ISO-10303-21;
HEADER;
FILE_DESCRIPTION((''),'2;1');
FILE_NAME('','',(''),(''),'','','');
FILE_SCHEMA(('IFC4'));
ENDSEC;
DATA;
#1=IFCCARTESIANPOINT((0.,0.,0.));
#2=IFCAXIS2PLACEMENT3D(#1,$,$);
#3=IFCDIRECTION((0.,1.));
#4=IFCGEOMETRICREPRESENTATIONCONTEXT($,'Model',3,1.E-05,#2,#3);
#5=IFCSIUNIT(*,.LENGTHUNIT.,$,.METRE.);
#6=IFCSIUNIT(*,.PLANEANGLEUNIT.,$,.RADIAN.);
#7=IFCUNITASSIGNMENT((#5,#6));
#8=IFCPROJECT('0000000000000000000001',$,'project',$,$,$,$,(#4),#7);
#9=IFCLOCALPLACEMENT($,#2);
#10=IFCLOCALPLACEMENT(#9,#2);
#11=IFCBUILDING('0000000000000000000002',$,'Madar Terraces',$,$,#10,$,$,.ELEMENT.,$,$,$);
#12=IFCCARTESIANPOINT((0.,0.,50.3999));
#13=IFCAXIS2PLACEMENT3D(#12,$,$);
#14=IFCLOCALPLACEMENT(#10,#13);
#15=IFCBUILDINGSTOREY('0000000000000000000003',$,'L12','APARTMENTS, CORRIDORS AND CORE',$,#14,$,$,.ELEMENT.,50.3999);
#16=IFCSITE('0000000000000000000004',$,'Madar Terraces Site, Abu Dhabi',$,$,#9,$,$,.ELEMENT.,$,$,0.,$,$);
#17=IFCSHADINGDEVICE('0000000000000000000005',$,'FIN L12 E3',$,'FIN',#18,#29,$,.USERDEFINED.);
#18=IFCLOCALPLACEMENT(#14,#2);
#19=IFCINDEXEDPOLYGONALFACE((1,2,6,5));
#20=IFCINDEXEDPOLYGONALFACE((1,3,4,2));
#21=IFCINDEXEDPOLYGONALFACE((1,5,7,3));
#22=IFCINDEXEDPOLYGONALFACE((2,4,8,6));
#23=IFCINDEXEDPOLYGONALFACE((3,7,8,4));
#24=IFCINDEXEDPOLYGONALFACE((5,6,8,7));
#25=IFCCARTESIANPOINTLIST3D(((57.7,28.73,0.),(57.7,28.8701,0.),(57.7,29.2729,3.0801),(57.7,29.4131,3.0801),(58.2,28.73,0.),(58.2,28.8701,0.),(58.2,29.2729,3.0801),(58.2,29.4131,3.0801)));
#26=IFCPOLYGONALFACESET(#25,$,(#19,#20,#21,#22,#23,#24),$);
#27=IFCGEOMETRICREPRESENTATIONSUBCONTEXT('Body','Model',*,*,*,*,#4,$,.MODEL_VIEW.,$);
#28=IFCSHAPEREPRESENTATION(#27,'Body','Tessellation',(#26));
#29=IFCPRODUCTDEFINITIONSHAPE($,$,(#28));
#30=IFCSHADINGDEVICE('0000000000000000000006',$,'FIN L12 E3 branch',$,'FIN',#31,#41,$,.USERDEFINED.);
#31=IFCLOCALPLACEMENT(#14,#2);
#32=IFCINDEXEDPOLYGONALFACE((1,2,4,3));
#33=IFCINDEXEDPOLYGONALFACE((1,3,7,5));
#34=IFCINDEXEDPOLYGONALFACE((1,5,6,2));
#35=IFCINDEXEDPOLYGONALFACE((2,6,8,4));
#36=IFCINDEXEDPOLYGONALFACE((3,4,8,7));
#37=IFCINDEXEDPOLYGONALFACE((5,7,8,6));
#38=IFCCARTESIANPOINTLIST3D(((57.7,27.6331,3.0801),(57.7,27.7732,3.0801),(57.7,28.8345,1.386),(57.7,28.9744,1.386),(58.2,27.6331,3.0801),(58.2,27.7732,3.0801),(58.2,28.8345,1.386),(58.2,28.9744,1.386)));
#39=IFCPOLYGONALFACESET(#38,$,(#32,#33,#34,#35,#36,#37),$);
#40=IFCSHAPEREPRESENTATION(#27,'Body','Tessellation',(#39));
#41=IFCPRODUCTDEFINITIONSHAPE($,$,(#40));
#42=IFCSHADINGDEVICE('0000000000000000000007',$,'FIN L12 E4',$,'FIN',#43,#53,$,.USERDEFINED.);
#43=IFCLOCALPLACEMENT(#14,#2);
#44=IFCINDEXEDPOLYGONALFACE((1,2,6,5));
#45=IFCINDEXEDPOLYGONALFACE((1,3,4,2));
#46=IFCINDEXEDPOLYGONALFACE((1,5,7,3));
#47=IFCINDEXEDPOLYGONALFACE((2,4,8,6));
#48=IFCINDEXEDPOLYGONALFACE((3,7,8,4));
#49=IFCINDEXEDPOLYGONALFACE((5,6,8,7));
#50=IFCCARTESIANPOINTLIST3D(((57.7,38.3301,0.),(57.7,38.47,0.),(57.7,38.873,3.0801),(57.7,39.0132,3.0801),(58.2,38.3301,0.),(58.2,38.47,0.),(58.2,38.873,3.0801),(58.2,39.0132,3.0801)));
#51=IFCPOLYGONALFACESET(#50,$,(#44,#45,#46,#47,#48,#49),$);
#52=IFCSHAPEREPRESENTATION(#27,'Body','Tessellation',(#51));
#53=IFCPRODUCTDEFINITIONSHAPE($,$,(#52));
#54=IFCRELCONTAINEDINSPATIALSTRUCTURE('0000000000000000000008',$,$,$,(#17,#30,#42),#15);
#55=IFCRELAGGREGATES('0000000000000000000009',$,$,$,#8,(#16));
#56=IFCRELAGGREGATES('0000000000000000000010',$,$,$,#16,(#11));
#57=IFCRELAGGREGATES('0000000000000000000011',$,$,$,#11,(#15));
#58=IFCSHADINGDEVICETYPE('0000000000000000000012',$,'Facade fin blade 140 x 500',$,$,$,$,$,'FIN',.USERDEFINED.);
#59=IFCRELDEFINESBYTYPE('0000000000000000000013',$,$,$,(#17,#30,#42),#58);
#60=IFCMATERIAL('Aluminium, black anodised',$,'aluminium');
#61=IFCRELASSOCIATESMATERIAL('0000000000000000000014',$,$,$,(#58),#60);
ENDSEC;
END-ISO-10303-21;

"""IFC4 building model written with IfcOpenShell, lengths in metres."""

from ifc_helpers import new_model, si_unit, direction, frame, origin, place, context, subcontext, project, spatial, polyline, outline, extrude, material, type_object, element, save


model = new_model("IFC4")

# Units and contexts
model_context = context("Model", 3, precision=1e-05, world=origin(), true_north=direction((0.0, 1.0)))
body_context = subcontext(model_context, "Body", "Model", "MODEL_VIEW")
ifc_project = project(units=[si_unit("LENGTHUNIT", "METRE"), si_unit("PLANEANGLEUNIT", "RADIAN")], contexts=[model_context])

# Site, building, storey
site_placement = place(None, origin())
site = spatial("IfcSite", under=ifc_project, at=site_placement, Name="Madar Terraces Site, Abu Dhabi", CompositionType="ELEMENT", RefElevation=0.0)
building_placement = place(site_placement, origin())
building = spatial("IfcBuilding", under=site, at=building_placement, Name="Madar Terraces", CompositionType="ELEMENT")
storey_placement = place(building_placement, frame((0.0, 0.0, 50.3999)))
storey = spatial("IfcBuildingStorey", under=building, at=storey_placement, Name="L12", Description="APARTMENTS, CORRIDORS AND CORE", CompositionType="ELEMENT", Elevation=50.3999)

# Shading devices
ifc_material_1 = material(Name="Aluminium, black anodised", Category="aluminium")
shading_device_type = type_object("IfcShadingDeviceType", Name="Facade fin blade 140 x 500", ElementType="FIN", PredefinedType="USERDEFINED", material=ifc_material_1)
shading_device_1_placement = place(storey_placement, frame((57.95, 28.73, 0.0), z_axis=(0.0, 0.0, 1.0), x_axis=(0.0, 1.0, 0.0)))
element("IfcShadingDevice", 1, at=shading_device_1_placement, inside=storey, type_object=shading_device_type, Name="FIN L12 E3", ObjectType="FIN", PredefinedType="USERDEFINED", context=body_context, shape_type="SweptSolid", body=[
    extrude(outline(polyline([(0.0, 0.0), (0.1401, 0.0), (0.6831, 3.0801), (0.543, 3.0801), (0.0, 0.0)])), frame((0.0, 0.25, 0.0), z_axis=(0.0, -1.0, 0.0), x_axis=(1.0, 0.0, 0.0)), (0.0, 0.0, 1.0), 0.5),
])
shading_device_2_placement = place(storey_placement, frame((57.95, 28.8345, 1.386), z_axis=(0.0, 0.0, 1.0), x_axis=(0.0, 1.0, 0.0)))
element("IfcShadingDevice", 2, at=shading_device_2_placement, inside=storey, type_object=shading_device_type, Name="FIN L12 E3 branch", ObjectType="FIN", PredefinedType="USERDEFINED", context=body_context, shape_type="SweptSolid", body=[
    extrude(outline(polyline([(0.0, 0.0), (0.1399, 0.0), (-1.0613, 1.6941), (-1.2014, 1.6941), (0.0, 0.0)])), frame((0.0, 0.25, 0.0), z_axis=(0.0, -1.0, 0.0), x_axis=(1.0, 0.0, 0.0)), (0.0, 0.0, 1.0), 0.5),
])
shading_device_3_placement = place(storey_placement, frame((57.95, 38.3301, 0.0), z_axis=(0.0, 0.0, 1.0), x_axis=(0.0, 1.0, 0.0)))
element("IfcShadingDevice", 3, at=shading_device_3_placement, inside=storey, type_object=shading_device_type, Name="FIN L12 E4", ObjectType="FIN", PredefinedType="USERDEFINED", context=body_context, shape_type="SweptSolid", body=[
    extrude(outline(polyline([(0.0, 0.0), (0.1399, 0.0), (0.6831, 3.0801), (0.543, 3.0801), (0.0, 0.0)])), frame((0.0, 0.25, 0.0), z_axis=(0.0, -1.0, 0.0), x_axis=(1.0, 0.0, 0.0)), (0.0, 0.0, 1.0), 0.5),
])

save(model, "model.ifc")
